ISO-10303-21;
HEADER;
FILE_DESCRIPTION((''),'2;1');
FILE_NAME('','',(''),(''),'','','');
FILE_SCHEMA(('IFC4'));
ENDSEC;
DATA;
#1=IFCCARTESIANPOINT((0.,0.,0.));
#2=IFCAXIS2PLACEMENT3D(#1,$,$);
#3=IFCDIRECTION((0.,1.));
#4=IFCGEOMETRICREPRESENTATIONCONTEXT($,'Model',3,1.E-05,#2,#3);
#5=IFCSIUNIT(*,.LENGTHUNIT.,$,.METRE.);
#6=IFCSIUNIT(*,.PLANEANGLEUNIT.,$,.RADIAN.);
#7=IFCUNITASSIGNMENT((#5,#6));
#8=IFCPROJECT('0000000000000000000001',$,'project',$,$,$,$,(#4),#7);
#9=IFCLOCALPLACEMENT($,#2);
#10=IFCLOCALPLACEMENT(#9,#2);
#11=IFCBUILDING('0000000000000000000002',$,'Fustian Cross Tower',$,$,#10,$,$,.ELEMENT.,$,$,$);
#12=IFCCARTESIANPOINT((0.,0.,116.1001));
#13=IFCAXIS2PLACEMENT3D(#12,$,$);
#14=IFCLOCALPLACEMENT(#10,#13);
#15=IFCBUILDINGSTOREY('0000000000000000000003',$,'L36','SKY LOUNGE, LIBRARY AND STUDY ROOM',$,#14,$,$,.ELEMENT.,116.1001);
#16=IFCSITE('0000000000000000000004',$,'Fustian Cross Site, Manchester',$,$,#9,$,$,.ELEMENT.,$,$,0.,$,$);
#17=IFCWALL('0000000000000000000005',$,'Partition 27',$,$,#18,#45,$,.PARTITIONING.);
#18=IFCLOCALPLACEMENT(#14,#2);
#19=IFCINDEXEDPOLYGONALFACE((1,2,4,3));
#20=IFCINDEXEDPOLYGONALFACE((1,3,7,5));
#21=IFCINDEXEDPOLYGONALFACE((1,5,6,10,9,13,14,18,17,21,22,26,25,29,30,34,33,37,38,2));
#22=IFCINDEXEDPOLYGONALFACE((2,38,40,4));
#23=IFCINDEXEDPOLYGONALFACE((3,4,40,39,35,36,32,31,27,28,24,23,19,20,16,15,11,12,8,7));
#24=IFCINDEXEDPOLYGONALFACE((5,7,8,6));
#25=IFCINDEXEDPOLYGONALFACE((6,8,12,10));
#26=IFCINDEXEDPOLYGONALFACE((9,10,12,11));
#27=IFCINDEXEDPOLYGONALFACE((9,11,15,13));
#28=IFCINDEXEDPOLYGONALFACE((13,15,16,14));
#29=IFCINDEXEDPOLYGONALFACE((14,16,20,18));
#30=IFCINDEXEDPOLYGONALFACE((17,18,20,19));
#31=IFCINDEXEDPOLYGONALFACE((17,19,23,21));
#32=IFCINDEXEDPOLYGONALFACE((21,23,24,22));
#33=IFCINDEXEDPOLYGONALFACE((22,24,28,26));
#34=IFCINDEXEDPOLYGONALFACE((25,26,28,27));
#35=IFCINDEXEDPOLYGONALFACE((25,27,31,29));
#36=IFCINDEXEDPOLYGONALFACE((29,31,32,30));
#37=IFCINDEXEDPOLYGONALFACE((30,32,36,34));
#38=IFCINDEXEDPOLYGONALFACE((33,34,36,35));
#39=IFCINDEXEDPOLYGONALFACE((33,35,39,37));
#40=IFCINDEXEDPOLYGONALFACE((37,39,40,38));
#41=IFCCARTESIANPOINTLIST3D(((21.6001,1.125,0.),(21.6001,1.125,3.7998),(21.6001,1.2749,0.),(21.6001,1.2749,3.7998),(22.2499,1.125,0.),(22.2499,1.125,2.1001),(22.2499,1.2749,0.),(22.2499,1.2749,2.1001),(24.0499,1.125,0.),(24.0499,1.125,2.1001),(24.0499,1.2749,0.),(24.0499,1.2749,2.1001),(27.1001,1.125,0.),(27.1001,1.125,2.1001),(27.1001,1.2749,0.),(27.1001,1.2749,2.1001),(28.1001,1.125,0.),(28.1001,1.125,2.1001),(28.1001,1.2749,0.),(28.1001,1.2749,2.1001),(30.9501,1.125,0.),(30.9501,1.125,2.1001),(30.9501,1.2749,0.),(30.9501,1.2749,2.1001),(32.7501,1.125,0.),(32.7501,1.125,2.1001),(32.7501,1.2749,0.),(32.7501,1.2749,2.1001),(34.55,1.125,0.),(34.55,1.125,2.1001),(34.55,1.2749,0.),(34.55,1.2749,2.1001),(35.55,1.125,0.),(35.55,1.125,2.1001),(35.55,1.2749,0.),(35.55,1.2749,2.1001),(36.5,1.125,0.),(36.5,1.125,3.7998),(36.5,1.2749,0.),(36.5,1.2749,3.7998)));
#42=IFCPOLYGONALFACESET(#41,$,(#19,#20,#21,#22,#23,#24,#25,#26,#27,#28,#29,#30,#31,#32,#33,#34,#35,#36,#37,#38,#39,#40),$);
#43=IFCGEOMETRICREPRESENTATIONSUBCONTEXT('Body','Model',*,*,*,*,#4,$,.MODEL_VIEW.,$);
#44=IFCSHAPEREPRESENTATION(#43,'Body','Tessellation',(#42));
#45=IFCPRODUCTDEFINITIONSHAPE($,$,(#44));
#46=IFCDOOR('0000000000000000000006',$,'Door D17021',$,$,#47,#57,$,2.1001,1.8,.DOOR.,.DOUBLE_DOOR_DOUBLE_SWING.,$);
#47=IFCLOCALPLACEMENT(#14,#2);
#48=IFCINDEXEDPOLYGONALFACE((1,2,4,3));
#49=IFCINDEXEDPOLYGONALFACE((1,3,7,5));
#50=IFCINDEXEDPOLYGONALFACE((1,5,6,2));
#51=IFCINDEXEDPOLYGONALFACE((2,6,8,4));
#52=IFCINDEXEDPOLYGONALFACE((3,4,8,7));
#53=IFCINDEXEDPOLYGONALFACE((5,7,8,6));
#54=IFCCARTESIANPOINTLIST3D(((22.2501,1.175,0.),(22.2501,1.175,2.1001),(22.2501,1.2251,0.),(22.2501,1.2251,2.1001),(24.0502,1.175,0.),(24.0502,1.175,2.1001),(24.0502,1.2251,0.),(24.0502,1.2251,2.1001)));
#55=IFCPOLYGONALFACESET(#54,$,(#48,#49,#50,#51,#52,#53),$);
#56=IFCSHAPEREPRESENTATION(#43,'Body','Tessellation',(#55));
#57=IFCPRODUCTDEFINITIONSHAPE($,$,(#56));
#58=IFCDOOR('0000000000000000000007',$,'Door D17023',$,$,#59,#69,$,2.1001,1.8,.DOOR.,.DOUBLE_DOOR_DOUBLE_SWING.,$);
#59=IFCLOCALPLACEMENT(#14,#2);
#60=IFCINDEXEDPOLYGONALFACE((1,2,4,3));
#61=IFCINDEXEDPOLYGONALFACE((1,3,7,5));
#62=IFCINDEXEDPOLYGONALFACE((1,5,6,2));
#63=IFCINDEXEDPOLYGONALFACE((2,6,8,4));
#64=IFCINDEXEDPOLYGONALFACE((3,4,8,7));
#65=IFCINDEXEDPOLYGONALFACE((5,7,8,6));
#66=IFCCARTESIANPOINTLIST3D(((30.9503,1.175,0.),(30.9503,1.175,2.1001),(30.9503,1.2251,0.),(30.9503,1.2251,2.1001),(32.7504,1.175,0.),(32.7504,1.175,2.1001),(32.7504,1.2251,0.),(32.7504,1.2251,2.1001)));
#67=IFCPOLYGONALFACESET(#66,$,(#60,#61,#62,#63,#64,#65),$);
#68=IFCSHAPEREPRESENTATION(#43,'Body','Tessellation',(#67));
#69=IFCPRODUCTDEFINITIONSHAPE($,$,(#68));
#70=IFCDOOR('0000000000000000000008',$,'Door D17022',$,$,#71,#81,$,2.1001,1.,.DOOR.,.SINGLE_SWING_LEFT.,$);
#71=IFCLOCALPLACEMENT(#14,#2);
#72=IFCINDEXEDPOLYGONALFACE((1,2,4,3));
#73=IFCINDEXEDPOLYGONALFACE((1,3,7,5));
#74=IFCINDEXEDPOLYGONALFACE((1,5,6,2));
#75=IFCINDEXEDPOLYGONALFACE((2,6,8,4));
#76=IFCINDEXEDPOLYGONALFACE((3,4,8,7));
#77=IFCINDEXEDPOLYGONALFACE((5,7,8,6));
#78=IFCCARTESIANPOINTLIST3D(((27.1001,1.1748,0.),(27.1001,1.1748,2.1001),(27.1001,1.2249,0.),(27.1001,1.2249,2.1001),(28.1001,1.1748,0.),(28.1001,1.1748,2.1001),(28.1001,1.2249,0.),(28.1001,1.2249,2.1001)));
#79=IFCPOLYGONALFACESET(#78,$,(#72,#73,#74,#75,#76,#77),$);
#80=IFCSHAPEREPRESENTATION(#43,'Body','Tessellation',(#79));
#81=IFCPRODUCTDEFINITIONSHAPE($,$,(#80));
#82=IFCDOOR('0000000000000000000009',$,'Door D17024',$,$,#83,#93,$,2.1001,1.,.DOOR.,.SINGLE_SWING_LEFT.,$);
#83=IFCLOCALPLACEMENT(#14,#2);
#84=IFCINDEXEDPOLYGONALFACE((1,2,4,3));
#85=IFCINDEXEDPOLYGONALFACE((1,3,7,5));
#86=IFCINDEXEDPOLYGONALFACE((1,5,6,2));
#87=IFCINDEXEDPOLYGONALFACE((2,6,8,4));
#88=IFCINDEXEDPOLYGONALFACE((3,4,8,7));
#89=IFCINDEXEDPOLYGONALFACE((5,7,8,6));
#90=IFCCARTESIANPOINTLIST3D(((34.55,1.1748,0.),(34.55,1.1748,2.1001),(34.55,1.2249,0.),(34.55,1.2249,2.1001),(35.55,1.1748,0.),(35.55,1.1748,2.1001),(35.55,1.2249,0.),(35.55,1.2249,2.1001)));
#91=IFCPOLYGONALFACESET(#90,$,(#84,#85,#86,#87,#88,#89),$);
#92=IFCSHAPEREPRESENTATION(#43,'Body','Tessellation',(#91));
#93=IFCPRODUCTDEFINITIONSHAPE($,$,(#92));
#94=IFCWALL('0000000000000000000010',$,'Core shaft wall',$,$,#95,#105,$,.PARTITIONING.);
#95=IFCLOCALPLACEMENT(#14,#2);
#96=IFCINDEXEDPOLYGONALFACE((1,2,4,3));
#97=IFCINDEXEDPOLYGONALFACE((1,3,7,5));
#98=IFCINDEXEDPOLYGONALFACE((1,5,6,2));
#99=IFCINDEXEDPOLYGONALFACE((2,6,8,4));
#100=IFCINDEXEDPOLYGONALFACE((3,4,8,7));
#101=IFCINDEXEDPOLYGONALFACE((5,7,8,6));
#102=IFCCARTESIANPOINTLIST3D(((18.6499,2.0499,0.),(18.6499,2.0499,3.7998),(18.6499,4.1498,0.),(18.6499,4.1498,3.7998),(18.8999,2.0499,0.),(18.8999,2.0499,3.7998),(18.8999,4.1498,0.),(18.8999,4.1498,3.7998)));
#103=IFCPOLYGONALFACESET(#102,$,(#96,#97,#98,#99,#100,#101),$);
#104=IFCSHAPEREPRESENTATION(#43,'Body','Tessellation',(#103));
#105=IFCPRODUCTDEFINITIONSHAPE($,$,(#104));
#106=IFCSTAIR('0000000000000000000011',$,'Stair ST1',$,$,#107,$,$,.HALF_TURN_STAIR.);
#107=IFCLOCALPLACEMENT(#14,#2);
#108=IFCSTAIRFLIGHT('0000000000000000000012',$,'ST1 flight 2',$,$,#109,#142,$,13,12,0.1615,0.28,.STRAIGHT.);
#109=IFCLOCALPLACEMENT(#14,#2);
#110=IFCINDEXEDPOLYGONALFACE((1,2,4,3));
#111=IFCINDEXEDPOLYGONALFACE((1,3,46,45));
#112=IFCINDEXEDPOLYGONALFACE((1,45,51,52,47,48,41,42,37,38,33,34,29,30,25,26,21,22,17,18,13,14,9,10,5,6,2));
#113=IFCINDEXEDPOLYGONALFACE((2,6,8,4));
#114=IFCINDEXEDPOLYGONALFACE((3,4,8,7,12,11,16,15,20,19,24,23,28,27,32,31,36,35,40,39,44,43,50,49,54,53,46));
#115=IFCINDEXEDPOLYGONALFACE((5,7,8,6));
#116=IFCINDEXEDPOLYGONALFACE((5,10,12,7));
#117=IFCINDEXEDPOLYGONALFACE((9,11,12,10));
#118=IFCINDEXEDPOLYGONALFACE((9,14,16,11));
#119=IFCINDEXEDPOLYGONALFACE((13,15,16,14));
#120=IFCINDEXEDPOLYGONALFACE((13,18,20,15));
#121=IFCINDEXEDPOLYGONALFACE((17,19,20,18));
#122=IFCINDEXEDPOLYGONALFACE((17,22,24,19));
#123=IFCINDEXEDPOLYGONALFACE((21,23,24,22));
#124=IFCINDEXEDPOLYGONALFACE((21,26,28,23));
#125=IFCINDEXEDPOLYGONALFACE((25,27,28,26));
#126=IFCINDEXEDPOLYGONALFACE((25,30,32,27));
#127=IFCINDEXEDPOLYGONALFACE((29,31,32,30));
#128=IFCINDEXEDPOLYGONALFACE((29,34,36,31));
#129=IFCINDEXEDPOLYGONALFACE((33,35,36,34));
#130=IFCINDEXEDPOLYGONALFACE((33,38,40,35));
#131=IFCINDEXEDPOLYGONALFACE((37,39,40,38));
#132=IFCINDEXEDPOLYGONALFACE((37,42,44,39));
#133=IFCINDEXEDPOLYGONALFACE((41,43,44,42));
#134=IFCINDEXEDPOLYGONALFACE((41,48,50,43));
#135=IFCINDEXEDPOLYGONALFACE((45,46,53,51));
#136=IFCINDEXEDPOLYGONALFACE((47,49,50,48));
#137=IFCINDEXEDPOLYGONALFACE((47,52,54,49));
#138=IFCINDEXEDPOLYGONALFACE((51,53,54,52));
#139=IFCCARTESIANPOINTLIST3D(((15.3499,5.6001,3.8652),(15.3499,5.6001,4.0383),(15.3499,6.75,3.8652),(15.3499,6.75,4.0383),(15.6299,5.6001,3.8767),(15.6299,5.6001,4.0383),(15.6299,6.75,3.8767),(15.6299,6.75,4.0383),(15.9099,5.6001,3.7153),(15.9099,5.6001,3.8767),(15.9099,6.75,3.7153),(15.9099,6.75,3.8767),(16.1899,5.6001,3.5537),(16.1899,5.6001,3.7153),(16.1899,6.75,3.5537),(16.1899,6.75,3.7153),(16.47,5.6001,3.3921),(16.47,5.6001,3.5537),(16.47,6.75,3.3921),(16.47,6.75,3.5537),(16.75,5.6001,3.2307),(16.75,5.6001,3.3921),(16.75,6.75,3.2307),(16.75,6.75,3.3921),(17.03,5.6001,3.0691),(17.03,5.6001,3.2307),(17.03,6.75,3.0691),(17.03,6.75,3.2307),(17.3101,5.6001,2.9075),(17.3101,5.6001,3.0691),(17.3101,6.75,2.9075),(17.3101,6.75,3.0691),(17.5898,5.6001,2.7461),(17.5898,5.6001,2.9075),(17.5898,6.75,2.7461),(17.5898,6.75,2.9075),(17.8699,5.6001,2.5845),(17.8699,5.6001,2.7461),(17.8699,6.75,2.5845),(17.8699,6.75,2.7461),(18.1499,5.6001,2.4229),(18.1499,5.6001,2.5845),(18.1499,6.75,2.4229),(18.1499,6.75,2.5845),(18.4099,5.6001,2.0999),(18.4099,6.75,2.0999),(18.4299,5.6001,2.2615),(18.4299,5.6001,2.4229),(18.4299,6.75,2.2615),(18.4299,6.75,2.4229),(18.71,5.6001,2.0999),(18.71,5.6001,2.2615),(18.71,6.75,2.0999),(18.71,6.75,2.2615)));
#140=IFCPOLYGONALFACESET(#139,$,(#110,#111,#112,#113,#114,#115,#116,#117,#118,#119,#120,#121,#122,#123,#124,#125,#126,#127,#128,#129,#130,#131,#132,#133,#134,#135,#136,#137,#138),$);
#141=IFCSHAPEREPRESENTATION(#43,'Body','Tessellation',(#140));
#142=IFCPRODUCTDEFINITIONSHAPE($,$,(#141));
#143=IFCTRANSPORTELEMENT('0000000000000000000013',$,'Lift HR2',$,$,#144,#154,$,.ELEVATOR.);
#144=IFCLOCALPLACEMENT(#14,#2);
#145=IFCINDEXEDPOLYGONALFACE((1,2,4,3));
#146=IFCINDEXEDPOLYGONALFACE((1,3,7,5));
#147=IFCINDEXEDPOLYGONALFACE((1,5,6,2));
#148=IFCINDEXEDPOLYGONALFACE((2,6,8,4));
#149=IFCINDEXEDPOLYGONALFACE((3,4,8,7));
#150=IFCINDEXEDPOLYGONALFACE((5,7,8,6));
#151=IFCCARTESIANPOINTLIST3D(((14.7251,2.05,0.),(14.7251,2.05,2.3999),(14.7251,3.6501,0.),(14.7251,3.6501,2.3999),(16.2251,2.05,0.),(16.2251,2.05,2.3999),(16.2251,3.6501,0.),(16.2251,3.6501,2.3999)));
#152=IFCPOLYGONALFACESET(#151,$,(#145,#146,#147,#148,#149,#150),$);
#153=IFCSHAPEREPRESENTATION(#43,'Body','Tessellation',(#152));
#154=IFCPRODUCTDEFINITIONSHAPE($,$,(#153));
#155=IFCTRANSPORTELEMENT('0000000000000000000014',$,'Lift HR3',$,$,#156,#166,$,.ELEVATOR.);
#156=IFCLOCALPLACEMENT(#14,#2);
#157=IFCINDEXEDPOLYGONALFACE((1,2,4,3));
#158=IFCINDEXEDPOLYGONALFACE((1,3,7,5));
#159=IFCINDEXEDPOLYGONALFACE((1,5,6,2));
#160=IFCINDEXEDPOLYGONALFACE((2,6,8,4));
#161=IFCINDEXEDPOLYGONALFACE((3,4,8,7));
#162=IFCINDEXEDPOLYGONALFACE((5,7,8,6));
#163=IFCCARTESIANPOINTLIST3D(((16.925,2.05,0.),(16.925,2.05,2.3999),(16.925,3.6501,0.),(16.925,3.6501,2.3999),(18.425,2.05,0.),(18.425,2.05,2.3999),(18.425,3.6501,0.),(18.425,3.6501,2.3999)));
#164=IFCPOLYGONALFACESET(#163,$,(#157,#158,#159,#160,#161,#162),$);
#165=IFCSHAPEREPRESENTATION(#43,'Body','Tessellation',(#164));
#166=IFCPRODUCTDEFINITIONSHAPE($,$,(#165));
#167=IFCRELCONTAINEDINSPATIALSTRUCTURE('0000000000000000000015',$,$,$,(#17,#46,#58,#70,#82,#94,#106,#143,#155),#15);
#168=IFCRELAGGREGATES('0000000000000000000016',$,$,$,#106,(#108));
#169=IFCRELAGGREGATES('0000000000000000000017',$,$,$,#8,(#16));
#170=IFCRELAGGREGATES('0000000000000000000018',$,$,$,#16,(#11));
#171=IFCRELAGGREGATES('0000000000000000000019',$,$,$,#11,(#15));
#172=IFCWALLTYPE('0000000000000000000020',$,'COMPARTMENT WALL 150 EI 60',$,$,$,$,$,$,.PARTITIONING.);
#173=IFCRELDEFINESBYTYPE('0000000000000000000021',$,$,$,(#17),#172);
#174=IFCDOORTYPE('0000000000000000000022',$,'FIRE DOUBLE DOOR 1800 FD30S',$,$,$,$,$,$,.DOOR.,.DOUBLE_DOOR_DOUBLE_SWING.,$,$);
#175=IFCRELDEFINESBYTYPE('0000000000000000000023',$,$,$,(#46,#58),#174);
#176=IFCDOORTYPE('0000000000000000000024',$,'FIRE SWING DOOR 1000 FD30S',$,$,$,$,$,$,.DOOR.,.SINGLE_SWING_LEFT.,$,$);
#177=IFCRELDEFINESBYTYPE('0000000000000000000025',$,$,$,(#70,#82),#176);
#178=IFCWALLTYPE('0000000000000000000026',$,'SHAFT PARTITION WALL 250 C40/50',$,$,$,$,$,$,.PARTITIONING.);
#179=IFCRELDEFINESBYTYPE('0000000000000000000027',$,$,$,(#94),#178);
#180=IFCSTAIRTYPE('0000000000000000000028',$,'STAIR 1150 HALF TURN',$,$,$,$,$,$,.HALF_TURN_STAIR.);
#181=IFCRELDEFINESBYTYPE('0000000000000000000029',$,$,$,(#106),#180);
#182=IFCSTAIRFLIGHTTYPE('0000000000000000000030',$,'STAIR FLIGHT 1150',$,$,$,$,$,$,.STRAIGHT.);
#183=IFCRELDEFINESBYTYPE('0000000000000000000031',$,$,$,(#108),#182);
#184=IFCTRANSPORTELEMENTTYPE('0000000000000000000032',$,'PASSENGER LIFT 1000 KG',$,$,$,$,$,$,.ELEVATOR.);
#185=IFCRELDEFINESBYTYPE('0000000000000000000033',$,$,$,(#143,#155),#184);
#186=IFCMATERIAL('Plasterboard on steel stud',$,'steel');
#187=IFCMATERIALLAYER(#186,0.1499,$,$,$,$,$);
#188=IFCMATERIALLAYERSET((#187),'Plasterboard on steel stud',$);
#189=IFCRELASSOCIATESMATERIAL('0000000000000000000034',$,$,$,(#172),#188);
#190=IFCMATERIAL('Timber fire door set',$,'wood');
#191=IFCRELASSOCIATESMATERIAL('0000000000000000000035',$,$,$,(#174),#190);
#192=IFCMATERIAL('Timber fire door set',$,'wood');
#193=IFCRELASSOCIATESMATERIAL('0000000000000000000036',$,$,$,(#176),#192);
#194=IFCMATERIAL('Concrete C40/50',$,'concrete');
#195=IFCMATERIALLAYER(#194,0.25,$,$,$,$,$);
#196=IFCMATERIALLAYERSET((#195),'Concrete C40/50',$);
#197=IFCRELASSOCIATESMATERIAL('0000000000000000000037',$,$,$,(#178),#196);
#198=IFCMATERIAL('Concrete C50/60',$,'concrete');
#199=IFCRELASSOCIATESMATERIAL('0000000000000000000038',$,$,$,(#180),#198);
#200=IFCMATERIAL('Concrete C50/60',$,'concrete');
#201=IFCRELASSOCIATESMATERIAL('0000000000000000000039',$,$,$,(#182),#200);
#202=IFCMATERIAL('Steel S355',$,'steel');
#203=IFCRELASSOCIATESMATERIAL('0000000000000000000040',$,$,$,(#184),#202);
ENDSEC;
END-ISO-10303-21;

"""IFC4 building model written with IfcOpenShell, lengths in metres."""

from ifc_helpers import new_model, si_unit, direction, frame, frame_2d, origin, origin_2d, place, context, subcontext, project, spatial, polyline, rectangle, outline, extrude, material, layer, layer_set, type_object, element, fill, aggregate, save


model = new_model("IFC4")

# Units and contexts
model_context = context("Model", 3, precision=1e-05, world=origin(), true_north=direction((0.0, 1.0)))
body_context = subcontext(model_context, "Body", "Model", "MODEL_VIEW")
ifc_project = project(units=[si_unit("LENGTHUNIT", "METRE"), si_unit("PLANEANGLEUNIT", "RADIAN")], contexts=[model_context])

# Site, building, storey
site_placement = place(None, origin())
site = spatial("IfcSite", under=ifc_project, at=site_placement, Name="Fustian Cross Site, Manchester", CompositionType="ELEMENT", RefElevation=0.0)
building_placement = place(site_placement, origin())
building = spatial("IfcBuilding", under=site, at=building_placement, Name="Fustian Cross Tower", CompositionType="ELEMENT")
storey_placement = place(building_placement, frame((0.0, 0.0, 116.1001)))
storey = spatial("IfcBuildingStorey", under=building, at=storey_placement, Name="L36", Description="SKY LOUNGE, LIBRARY AND STUDY ROOM", CompositionType="ELEMENT", Elevation=116.1001)

# Wall, openings, doors
ifc_material_1 = material(Name="Plasterboard on steel stud", Category="steel")
ifc_layer_1 = layer(ifc_material_1, 0.1499)
ifc_layer_set_1 = layer_set([ifc_layer_1], Name="Plasterboard on steel stud")
wall_type_1 = type_object("IfcWallType", Name="COMPARTMENT WALL 150 EI 60", PredefinedType="PARTITIONING", material=ifc_layer_set_1)
wall_1_placement = place(storey_placement, frame((21.6001, 1.2, 0.0), z_axis=(0.0, 0.0, 1.0), x_axis=(1.0, 0.0, 0.0)))
wall_1 = element("IfcWall", 1, at=wall_1_placement, inside=storey, type_object=wall_type_1, Name="Partition 27", PredefinedType="PARTITIONING", context=body_context, shape_type="SweptSolid", body=[
    extrude(rectangle(XDim=14.8999, YDim=0.1499, at=frame_2d((7.45, 0.0))), origin(), (0.0, 0.0, 1.0), 3.7998),
])
opening_1_placement = place(wall_1_placement, frame((0.6499, 0.0, 0.0)))
opening_1 = element("IfcOpeningElement", 2, at=opening_1_placement, cuts=wall_1, PredefinedType="OPENING", context=body_context, shape_type="SweptSolid", body=[
    extrude(rectangle(XDim=1.8, YDim=2.1001, at=frame_2d((0.8999, 1.05))), frame((0.0, 0.085, 0.0), z_axis=(0.0, -1.0, 0.0), x_axis=(1.0, 0.0, 0.0)), (0.0, 0.0, 1.0), 0.1699),
])
opening_2_placement = place(wall_1_placement, frame((5.5, 0.0, 0.0)))
opening_2 = element("IfcOpeningElement", 3, at=opening_2_placement, cuts=wall_1, PredefinedType="OPENING", context=body_context, shape_type="SweptSolid", body=[
    extrude(rectangle(XDim=1.0, YDim=2.1001, at=frame_2d((0.5, 1.05))), frame((0.0, 0.085, 0.0), z_axis=(0.0, -1.0, 0.0), x_axis=(1.0, 0.0, 0.0)), (0.0, 0.0, 1.0), 0.1699),
])
opening_3_placement = place(wall_1_placement, frame((9.3501, 0.0, 0.0)))
opening_3 = element("IfcOpeningElement", 4, at=opening_3_placement, cuts=wall_1, PredefinedType="OPENING", context=body_context, shape_type="SweptSolid", body=[
    extrude(rectangle(XDim=1.8, YDim=2.1001, at=frame_2d((0.8999, 1.05))), frame((0.0, 0.085, 0.0), z_axis=(0.0, -1.0, 0.0), x_axis=(1.0, 0.0, 0.0)), (0.0, 0.0, 1.0), 0.1699),
])
opening_4_placement = place(wall_1_placement, frame((12.95, 0.0, 0.0)))
opening_4 = element("IfcOpeningElement", 5, at=opening_4_placement, cuts=wall_1, PredefinedType="OPENING", context=body_context, shape_type="SweptSolid", body=[
    extrude(rectangle(XDim=1.0, YDim=2.1001, at=frame_2d((0.5, 1.05))), frame((0.0, 0.085, 0.0), z_axis=(0.0, -1.0, 0.0), x_axis=(1.0, 0.0, 0.0)), (0.0, 0.0, 1.0), 0.1699),
])
ifc_material_2 = material(Name="Timber fire door set", Category="wood")
door_type_1 = type_object("IfcDoorType", Name="FIRE DOUBLE DOOR 1800 FD30S", OperationType="DOUBLE_DOOR_DOUBLE_SWING", PredefinedType="DOOR", material=ifc_material_2)
door_1_placement = place(opening_1_placement, frame((1.8, 0.0, 0.0), z_axis=(0.0, 0.0, 1.0), x_axis=(-1.0, 0.0, 0.0)))
door_1 = element("IfcDoor", 6, at=door_1_placement, inside=storey, type_object=door_type_1, Name="Door D17021", OperationType="DOUBLE_DOOR_DOUBLE_SWING", OverallHeight=2.1001, OverallWidth=1.8, PredefinedType="DOOR", context=body_context, shape_type="SweptSolid", body=[
    extrude(rectangle(XDim=1.8, YDim=2.1001, at=frame_2d((0.8999, 1.05))), frame((0.0, 0.0249, 0.0), z_axis=(0.0, -1.0, 0.0), x_axis=(1.0, 0.0, 0.0)), (0.0, 0.0, 1.0), 0.05),
])
fill(opening_1, door_1)
door_2_placement = place(opening_3_placement, frame((1.8, 0.0, 0.0), z_axis=(0.0, 0.0, 1.0), x_axis=(-1.0, 0.0, 0.0)))
door_2 = element("IfcDoor", 7, at=door_2_placement, inside=storey, type_object=door_type_1, Name="Door D17023", OperationType="DOUBLE_DOOR_DOUBLE_SWING", OverallHeight=2.1001, OverallWidth=1.8, PredefinedType="DOOR", context=body_context, shape_type="SweptSolid", body=[
    extrude(rectangle(XDim=1.8, YDim=2.1001, at=frame_2d((0.8999, 1.05))), frame((0.0, 0.0249, 0.0), z_axis=(0.0, -1.0, 0.0), x_axis=(1.0, 0.0, 0.0)), (0.0, 0.0, 1.0), 0.05),
])
fill(opening_3, door_2)
ifc_material_3 = material(Name="Timber fire door set", Category="wood")
door_type_2 = type_object("IfcDoorType", Name="FIRE SWING DOOR 1000 FD30S", OperationType="SINGLE_SWING_LEFT", PredefinedType="DOOR", material=ifc_material_3)
door_3_placement = place(opening_2_placement, origin())
door_3 = element("IfcDoor", 8, at=door_3_placement, inside=storey, type_object=door_type_2, Name="Door D17022", OperationType="SINGLE_SWING_LEFT", OverallHeight=2.1001, OverallWidth=1.0, PredefinedType="DOOR", context=body_context, shape_type="SweptSolid", body=[
    extrude(rectangle(XDim=1.0, YDim=2.1001, at=frame_2d((0.5, 1.05))), frame((0.0, 0.0249, 0.0), z_axis=(0.0, -1.0, 0.0), x_axis=(1.0, 0.0, 0.0)), (0.0, 0.0, 1.0), 0.05),
])
fill(opening_2, door_3)
door_4_placement = place(opening_4_placement, origin())
door_4 = element("IfcDoor", 9, at=door_4_placement, inside=storey, type_object=door_type_2, Name="Door D17024", OperationType="SINGLE_SWING_LEFT", OverallHeight=2.1001, OverallWidth=1.0, PredefinedType="DOOR", context=body_context, shape_type="SweptSolid", body=[
    extrude(rectangle(XDim=1.0, YDim=2.1001, at=frame_2d((0.5, 1.05))), frame((0.0, 0.0249, 0.0), z_axis=(0.0, -1.0, 0.0), x_axis=(1.0, 0.0, 0.0)), (0.0, 0.0, 1.0), 0.05),
])
fill(opening_4, door_4)

# Wall
ifc_material_4 = material(Name="Concrete C40/50", Category="concrete")
ifc_layer_2 = layer(ifc_material_4, 0.25)
ifc_layer_set_2 = layer_set([ifc_layer_2], Name="Concrete C40/50")
wall_type_2 = type_object("IfcWallType", Name="SHAFT PARTITION WALL 250 C40/50", PredefinedType="PARTITIONING", material=ifc_layer_set_2)
wall_2_placement = place(storey_placement, frame((18.7749, 2.05, 0.0), z_axis=(0.0, 0.0, 1.0), x_axis=(0.0, 1.0, 0.0)))
element("IfcWall", 10, at=wall_2_placement, inside=storey, type_object=wall_type_2, Name="Core shaft wall", PredefinedType="PARTITIONING", context=body_context, shape_type="SweptSolid", body=[
    extrude(rectangle(XDim=2.0999, YDim=0.25, at=frame_2d((1.0498, 0.0))), origin(), (0.0, 0.0, 1.0), 3.7998),
])

# Stair, stair flight
ifc_material_5 = material(Name="Concrete C50/60", Category="concrete")
stair_type = type_object("IfcStairType", Name="STAIR 1150 HALF TURN", PredefinedType="HALF_TURN_STAIR", material=ifc_material_5)
stair_placement = place(storey_placement, origin())
stair = element("IfcStair", 11, at=stair_placement, inside=storey, type_object=stair_type, Name="Stair ST1", PredefinedType="HALF_TURN_STAIR")
ifc_material_6 = material(Name="Concrete C50/60", Category="concrete")
stair_flight_type = type_object("IfcStairFlightType", Name="STAIR FLIGHT 1150", PredefinedType="STRAIGHT", material=ifc_material_6)
stair_flight_placement = place(storey_placement, frame((18.71, 6.175, 2.0999), z_axis=(0.0, 0.0, 1.0), x_axis=(-1.0, 0.0, 0.0)))
stair_flight = element("IfcStairFlight", 12, at=stair_flight_placement, type_object=stair_flight_type, Name="ST1 flight 2", NumberOfRisers=13, NumberOfTreads=12, PredefinedType="STRAIGHT", RiserHeight=0.1615, TreadLength=0.28, context=body_context, shape_type="SweptSolid", body=[
    extrude(outline(polyline([(0.0, 0.0), (0.0, 0.1616), (0.28, 0.1616), (0.28, 0.323), (0.5601, 0.323), (0.5601, 0.4846), (0.8401, 0.4846), (0.8401, 0.6462), (1.1201, 0.6462), (1.1201, 0.8076), (1.3999, 0.8076), (1.3999, 0.9692), (1.6799, 0.9692), (1.6799, 1.1309), (1.96, 1.1309), (1.96, 1.2922), (2.24, 1.2922), (2.24, 1.4539), (2.52, 1.4539), (2.52, 1.6155), (2.8, 1.6155), (2.8, 1.7769), (3.0801, 1.7769), (3.0801, 1.9385), (3.3601, 1.9385), (3.3601, 2.1001), (3.3601, 1.7654), (0.3, 0.0), (0.0, 0.0)])), frame((0.0, 0.575, 0.0), z_axis=(0.0, -1.0, 0.0), x_axis=(1.0, 0.0, 0.0)), (0.0, 0.0, 1.0), 1.1499),
])
aggregate(stair, [stair_flight])

# Transport elements
ifc_material_7 = material(Name="Steel S355", Category="steel")
transport_element_type = type_object("IfcTransportElementType", Name="PASSENGER LIFT 1000 KG", PredefinedType="ELEVATOR", material=ifc_material_7)
for number, where, z_axis, x_axis, name in (
    (13, (15.4751, 2.8501, 0.0), (0.0, 0.0, 1.0), (1.0, 0.0, 0.0), "Lift HR2"),
    (14, (17.675, 2.8501, 0.0), (0.0, 0.0, 1.0), (1.0, 0.0, 0.0), "Lift HR3"),
):
    element("IfcTransportElement", number, at=place(storey_placement, frame(where, z_axis=z_axis, x_axis=x_axis)), inside=storey, type_object=transport_element_type, Name=name, PredefinedType="ELEVATOR", context=body_context, shape_type="SweptSolid", body=[
        extrude(rectangle(XDim=1.5, YDim=1.6001, at=origin_2d()), origin(), (0.0, 0.0, 1.0), 2.3999),
    ])

save(model, "model.ifc")
